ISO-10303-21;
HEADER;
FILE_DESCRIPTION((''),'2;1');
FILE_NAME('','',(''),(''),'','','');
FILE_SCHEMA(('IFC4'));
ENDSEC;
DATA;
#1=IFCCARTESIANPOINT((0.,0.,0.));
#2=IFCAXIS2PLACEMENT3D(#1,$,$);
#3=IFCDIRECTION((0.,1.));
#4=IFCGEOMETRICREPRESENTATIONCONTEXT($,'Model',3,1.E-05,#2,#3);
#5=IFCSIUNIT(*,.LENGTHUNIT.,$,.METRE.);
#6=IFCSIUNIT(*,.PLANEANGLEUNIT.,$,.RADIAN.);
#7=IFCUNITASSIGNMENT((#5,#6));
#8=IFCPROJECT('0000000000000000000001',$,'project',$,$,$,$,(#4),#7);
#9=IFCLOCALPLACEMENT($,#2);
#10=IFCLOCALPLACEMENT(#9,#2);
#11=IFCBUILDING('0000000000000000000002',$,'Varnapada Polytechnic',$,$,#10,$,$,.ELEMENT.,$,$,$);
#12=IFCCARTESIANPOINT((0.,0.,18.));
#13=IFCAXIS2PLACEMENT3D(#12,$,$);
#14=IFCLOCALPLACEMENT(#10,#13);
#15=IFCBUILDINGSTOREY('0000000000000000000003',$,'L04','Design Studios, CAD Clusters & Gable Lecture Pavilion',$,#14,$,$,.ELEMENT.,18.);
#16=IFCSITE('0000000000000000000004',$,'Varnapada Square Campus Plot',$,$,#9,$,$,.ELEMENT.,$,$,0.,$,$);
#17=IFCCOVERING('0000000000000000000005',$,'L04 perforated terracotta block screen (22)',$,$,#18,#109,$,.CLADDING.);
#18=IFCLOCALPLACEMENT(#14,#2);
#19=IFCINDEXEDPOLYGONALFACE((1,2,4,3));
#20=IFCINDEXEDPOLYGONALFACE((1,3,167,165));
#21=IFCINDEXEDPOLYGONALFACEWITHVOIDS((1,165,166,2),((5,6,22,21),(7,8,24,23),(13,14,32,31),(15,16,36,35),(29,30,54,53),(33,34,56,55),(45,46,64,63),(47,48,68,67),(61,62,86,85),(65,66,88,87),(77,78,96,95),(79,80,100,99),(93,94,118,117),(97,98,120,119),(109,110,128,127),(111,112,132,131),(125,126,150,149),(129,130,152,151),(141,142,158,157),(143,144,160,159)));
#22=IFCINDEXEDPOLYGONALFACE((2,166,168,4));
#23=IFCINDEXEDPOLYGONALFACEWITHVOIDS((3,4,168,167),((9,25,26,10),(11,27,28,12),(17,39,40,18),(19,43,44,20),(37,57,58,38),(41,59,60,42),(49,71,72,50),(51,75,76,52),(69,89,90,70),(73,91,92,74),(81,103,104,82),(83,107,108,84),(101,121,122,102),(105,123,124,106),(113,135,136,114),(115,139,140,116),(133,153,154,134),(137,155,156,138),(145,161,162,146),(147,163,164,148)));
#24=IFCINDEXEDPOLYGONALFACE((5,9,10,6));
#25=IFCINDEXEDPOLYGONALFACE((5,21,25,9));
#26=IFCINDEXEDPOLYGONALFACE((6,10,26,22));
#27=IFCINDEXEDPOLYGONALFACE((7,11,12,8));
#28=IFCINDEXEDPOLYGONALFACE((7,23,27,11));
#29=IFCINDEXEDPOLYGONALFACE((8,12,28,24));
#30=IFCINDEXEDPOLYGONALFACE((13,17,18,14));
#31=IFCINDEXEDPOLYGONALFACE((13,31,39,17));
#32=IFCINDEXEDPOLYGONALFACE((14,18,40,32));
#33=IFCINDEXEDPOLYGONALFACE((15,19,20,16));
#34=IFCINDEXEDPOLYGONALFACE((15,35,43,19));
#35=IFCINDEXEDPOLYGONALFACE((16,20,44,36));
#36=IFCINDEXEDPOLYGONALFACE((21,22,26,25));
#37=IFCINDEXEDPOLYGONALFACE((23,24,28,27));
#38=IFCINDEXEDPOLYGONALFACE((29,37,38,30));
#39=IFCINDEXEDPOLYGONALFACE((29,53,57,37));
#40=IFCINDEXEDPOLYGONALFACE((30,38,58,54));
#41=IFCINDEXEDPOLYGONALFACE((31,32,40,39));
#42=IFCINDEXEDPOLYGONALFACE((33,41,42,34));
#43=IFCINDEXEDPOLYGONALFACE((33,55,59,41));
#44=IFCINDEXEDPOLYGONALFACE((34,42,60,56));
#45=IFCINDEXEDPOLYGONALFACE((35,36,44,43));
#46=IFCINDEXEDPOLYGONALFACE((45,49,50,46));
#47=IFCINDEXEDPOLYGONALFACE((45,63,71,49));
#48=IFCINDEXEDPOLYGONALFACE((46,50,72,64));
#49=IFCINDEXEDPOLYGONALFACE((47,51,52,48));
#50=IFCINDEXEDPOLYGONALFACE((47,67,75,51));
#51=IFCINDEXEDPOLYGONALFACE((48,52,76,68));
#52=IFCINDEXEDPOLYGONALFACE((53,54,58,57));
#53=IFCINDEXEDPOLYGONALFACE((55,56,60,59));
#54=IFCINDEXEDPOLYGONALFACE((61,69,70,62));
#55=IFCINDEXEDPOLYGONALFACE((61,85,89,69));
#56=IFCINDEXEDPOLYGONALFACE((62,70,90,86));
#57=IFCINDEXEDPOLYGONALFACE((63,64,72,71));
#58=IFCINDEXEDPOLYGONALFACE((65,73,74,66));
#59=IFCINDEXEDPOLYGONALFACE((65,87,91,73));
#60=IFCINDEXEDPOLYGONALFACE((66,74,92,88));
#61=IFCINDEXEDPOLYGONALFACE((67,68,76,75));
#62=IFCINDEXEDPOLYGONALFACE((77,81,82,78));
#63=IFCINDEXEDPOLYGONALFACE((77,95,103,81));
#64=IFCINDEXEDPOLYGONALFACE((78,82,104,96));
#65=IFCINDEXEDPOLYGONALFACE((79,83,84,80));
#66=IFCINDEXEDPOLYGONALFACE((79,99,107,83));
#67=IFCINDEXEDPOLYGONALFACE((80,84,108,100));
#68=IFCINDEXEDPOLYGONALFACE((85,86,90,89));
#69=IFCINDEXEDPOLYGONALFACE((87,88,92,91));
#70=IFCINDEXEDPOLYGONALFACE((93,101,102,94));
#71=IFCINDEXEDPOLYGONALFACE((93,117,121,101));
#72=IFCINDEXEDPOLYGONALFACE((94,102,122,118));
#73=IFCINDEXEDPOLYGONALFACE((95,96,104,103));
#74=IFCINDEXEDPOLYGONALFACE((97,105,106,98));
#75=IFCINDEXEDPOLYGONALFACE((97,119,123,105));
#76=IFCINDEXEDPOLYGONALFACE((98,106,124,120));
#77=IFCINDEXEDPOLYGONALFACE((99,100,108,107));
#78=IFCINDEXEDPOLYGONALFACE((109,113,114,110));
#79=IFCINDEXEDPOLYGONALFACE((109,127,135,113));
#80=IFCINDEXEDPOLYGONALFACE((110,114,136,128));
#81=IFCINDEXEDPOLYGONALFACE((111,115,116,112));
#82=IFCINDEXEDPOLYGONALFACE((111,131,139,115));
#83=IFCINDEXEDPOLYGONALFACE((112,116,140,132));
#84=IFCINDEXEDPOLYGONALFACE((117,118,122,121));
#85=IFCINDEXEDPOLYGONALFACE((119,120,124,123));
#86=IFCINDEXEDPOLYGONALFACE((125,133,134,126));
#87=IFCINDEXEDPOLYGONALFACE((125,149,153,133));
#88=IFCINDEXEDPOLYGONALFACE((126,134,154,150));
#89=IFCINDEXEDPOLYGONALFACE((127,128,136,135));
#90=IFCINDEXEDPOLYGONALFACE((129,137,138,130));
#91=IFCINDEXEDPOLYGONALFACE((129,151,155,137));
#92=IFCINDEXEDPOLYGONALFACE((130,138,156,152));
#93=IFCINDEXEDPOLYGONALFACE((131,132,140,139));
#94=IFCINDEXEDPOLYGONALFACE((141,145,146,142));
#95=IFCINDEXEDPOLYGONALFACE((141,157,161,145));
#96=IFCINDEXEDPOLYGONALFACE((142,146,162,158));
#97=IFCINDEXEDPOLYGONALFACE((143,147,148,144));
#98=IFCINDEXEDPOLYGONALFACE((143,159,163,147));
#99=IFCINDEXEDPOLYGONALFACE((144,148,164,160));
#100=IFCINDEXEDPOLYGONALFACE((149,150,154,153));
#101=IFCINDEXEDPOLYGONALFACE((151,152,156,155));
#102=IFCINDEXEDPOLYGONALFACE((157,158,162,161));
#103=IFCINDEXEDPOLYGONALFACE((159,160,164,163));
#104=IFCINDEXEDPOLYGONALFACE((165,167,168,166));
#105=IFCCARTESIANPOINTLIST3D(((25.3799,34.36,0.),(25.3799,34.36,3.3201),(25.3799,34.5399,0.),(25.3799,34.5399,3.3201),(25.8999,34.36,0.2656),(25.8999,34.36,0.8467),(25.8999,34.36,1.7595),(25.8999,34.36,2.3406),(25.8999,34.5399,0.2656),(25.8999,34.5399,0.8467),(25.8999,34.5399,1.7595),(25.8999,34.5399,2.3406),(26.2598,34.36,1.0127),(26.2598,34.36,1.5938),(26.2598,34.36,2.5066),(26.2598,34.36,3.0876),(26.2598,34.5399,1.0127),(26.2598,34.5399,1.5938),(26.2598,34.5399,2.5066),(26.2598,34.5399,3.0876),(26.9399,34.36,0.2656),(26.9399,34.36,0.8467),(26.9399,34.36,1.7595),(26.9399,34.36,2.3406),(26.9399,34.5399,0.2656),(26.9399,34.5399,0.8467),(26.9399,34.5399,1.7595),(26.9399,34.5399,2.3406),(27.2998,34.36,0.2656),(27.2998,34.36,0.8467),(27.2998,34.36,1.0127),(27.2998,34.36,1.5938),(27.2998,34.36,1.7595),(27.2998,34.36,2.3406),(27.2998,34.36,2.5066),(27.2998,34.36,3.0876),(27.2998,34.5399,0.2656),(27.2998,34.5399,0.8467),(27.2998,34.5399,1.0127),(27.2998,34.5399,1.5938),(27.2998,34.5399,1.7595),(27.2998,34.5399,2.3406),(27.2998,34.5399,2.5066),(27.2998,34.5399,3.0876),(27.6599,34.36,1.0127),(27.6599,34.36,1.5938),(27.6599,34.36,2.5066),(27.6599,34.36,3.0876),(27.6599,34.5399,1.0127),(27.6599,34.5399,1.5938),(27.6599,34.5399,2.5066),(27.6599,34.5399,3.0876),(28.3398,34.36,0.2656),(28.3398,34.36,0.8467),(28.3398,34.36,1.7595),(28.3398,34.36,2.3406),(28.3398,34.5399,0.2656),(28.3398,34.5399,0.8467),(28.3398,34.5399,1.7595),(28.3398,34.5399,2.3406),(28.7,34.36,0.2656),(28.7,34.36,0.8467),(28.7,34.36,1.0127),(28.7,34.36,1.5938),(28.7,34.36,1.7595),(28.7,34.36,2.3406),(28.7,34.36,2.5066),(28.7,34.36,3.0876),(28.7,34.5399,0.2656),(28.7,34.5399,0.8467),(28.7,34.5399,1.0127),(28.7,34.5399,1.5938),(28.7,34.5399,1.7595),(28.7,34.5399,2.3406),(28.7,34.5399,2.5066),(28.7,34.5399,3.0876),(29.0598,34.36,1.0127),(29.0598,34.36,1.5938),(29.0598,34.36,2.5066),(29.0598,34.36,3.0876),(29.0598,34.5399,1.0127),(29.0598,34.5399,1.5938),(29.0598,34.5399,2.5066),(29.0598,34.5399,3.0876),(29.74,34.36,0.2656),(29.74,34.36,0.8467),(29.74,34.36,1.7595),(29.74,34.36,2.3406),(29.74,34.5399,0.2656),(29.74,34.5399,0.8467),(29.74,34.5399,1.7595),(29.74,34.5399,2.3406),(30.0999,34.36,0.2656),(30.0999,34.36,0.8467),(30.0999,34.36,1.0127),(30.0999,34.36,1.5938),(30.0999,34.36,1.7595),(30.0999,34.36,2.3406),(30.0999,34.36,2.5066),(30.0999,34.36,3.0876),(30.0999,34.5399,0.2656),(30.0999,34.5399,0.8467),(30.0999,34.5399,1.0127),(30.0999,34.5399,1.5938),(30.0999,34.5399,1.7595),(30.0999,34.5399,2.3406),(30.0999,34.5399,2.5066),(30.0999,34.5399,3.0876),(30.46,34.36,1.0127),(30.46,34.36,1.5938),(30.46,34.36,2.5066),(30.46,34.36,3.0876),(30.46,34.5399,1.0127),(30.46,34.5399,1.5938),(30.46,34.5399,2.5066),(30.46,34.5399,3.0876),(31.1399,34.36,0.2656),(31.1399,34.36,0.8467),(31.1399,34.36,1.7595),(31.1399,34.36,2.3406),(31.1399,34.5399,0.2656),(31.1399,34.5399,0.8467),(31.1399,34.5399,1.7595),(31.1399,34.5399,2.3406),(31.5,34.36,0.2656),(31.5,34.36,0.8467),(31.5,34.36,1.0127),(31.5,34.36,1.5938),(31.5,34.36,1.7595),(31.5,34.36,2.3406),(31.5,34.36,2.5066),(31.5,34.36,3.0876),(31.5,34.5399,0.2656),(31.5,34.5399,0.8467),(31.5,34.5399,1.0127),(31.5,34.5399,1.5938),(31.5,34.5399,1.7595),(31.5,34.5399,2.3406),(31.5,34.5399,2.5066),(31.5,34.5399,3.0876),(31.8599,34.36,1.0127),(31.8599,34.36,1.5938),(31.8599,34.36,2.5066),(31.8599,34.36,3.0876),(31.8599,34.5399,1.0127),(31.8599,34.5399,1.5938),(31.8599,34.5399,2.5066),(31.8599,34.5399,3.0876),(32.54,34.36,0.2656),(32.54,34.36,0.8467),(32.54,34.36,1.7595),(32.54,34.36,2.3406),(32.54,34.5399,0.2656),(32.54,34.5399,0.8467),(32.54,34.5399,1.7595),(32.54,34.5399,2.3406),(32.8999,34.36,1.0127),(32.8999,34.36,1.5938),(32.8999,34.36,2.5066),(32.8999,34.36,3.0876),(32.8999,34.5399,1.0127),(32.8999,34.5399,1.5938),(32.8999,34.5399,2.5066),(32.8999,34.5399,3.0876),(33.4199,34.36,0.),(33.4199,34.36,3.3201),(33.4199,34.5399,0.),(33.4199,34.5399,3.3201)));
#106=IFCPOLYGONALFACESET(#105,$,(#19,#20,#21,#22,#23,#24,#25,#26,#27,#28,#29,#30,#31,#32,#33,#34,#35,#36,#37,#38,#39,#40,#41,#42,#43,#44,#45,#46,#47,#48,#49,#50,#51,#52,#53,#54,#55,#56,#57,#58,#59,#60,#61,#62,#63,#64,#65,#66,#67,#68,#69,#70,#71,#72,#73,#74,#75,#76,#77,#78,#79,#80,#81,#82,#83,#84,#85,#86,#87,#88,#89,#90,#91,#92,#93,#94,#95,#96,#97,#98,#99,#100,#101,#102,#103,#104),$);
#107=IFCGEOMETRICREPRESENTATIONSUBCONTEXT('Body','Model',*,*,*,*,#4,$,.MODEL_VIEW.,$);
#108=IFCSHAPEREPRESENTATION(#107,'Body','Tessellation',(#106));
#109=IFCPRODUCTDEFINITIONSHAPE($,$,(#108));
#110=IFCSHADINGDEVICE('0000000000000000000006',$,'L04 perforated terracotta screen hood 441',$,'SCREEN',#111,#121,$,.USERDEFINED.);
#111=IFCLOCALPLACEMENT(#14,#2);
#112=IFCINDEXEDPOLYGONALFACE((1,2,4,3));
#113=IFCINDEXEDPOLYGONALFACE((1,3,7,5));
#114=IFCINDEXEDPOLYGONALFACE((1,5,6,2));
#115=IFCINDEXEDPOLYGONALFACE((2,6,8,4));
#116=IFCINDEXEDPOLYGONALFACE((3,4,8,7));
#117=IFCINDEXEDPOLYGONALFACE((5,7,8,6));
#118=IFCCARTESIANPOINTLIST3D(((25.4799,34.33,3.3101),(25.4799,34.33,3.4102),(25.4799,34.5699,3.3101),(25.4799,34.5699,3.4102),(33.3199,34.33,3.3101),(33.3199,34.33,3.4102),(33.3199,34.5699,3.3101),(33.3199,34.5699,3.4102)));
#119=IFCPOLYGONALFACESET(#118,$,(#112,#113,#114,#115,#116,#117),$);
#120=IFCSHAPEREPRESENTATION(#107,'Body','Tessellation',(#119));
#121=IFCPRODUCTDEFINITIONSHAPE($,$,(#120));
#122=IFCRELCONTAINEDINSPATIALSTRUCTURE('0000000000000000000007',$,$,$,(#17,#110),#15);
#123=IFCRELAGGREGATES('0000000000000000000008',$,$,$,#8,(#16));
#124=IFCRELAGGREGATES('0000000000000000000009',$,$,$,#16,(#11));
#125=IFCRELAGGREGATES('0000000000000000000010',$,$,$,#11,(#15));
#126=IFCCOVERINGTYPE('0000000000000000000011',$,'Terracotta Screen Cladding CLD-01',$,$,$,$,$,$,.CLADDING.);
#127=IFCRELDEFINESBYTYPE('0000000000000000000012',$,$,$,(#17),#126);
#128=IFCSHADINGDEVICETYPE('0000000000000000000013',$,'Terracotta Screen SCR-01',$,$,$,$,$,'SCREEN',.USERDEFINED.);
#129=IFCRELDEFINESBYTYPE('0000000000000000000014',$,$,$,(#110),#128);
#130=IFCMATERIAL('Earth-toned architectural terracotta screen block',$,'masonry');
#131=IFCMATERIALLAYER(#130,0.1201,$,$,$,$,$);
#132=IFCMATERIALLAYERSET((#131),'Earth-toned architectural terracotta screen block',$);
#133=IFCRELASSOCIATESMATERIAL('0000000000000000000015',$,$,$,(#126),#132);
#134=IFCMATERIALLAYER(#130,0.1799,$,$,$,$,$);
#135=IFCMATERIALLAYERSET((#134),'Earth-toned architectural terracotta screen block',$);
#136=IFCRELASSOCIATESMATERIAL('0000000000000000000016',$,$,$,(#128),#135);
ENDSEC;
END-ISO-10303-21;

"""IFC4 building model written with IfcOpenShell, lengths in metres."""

from ifc_helpers import new_model, si_unit, direction, frame, frame_2d, origin, origin_2d, place, context, subcontext, project, spatial, rectangle, extrude, material, layer, layer_set, type_object, element, save


model = new_model("IFC4")

# Units and contexts
model_context = context("Model", 3, precision=1e-05, world=origin(), true_north=direction((0.0, 1.0)))
body_context = subcontext(model_context, "Body", "Model", "MODEL_VIEW")
ifc_project = project(units=[si_unit("LENGTHUNIT", "METRE"), si_unit("PLANEANGLEUNIT", "RADIAN")], contexts=[model_context])

# Site, building, storey
site_placement = place(None, origin())
site = spatial("IfcSite", under=ifc_project, at=site_placement, Name="Varnapada Square Campus Plot", CompositionType="ELEMENT", RefElevation=0.0)
building_placement = place(site_placement, origin())
building = spatial("IfcBuilding", under=site, at=building_placement, Name="Varnapada Polytechnic", CompositionType="ELEMENT")
storey_placement = place(building_placement, frame((0.0, 0.0, 18.0)))
storey = spatial("IfcBuildingStorey", under=building, at=storey_placement, Name="L04", Description="Design Studios, CAD Clusters & Gable Lecture Pavilion", CompositionType="ELEMENT", Elevation=18.0)

# Covering, openings
ifc_material_1 = material(Name="Earth-toned architectural terracotta screen block", Category="masonry")
ifc_layer_1 = layer(ifc_material_1, 0.1201)
ifc_layer_set_1 = layer_set([ifc_layer_1], Name="Earth-toned architectural terracotta screen block")
covering_type = type_object("IfcCoveringType", Name="Terracotta Screen Cladding CLD-01", PredefinedType="CLADDING", material=ifc_layer_set_1)
covering_placement = place(storey_placement, frame((25.3799, 34.45, 0.0), z_axis=(0.0, 0.0, 1.0), x_axis=(1.0, 0.0, 0.0)))
covering = element("IfcCovering", 1, at=covering_placement, inside=storey, type_object=covering_type, Name="L04 perforated terracotta block screen (22)", PredefinedType="CLADDING", context=body_context, shape_type="SweptSolid", body=[
    extrude(rectangle(XDim=8.04, YDim=0.1799, at=frame_2d((4.02, 0.0))), origin(), (0.0, 0.0, 1.0), 3.3201),
])
opening_1_placement = place(covering_placement, frame((0.52, 0.0, 0.2656)))
element("IfcOpeningElement", 2, at=opening_1_placement, cuts=covering, PredefinedType="OPENING", context=body_context, shape_type="SweptSolid", body=[
    extrude(rectangle(XDim=1.04, YDim=0.5811, at=frame_2d((0.52, 0.2905))), frame((0.0, 0.0999, 0.0), z_axis=(0.0, -1.0, 0.0), x_axis=(1.0, 0.0, 0.0)), (0.0, 0.0, 1.0), 0.2),
])
opening_2_placement = place(covering_placement, frame((1.9199, 0.0, 0.2656)))
element("IfcOpeningElement", 3, at=opening_2_placement, cuts=covering, PredefinedType="OPENING", context=body_context, shape_type="SweptSolid", body=[
    extrude(rectangle(XDim=1.04, YDim=0.5811, at=frame_2d((0.52, 0.2905))), frame((0.0, 0.0999, 0.0), z_axis=(0.0, -1.0, 0.0), x_axis=(1.0, 0.0, 0.0)), (0.0, 0.0, 1.0), 0.2),
])
opening_3_placement = place(covering_placement, frame((3.3201, 0.0, 0.2656)))
element("IfcOpeningElement", 4, at=opening_3_placement, cuts=covering, PredefinedType="OPENING", context=body_context, shape_type="SweptSolid", body=[
    extrude(rectangle(XDim=1.04, YDim=0.5811, at=frame_2d((0.52, 0.2905))), frame((0.0, 0.0999, 0.0), z_axis=(0.0, -1.0, 0.0), x_axis=(1.0, 0.0, 0.0)), (0.0, 0.0, 1.0), 0.2),
])
opening_4_placement = place(covering_placement, frame((4.72, 0.0, 0.2656)))
element("IfcOpeningElement", 5, at=opening_4_placement, cuts=covering, PredefinedType="OPENING", context=body_context, shape_type="SweptSolid", body=[
    extrude(rectangle(XDim=1.04, YDim=0.5811, at=frame_2d((0.52, 0.2905))), frame((0.0, 0.0999, 0.0), z_axis=(0.0, -1.0, 0.0), x_axis=(1.0, 0.0, 0.0)), (0.0, 0.0, 1.0), 0.2),
])
opening_5_placement = place(covering_placement, frame((6.1201, 0.0, 0.2656)))
element("IfcOpeningElement", 6, at=opening_5_placement, cuts=covering, PredefinedType="OPENING", context=body_context, shape_type="SweptSolid", body=[
    extrude(rectangle(XDim=1.04, YDim=0.5811, at=frame_2d((0.52, 0.2905))), frame((0.0, 0.0999, 0.0), z_axis=(0.0, -1.0, 0.0), x_axis=(1.0, 0.0, 0.0)), (0.0, 0.0, 1.0), 0.2),
])
opening_6_placement = place(covering_placement, frame((0.8799, 0.0, 1.0127)))
element("IfcOpeningElement", 7, at=opening_6_placement, cuts=covering, PredefinedType="OPENING", context=body_context, shape_type="SweptSolid", body=[
    extrude(rectangle(XDim=1.04, YDim=0.5811, at=frame_2d((0.52, 0.2905))), frame((0.0, 0.0999, 0.0), z_axis=(0.0, -1.0, 0.0), x_axis=(1.0, 0.0, 0.0)), (0.0, 0.0, 1.0), 0.2),
])
opening_7_placement = place(covering_placement, frame((2.28, 0.0, 1.0127)))
element("IfcOpeningElement", 8, at=opening_7_placement, cuts=covering, PredefinedType="OPENING", context=body_context, shape_type="SweptSolid", body=[
    extrude(rectangle(XDim=1.04, YDim=0.5811, at=frame_2d((0.52, 0.2905))), frame((0.0, 0.0999, 0.0), z_axis=(0.0, -1.0, 0.0), x_axis=(1.0, 0.0, 0.0)), (0.0, 0.0, 1.0), 0.2),
])
opening_8_placement = place(covering_placement, frame((3.6799, 0.0, 1.0127)))
element("IfcOpeningElement", 9, at=opening_8_placement, cuts=covering, PredefinedType="OPENING", context=body_context, shape_type="SweptSolid", body=[
    extrude(rectangle(XDim=1.04, YDim=0.5811, at=frame_2d((0.52, 0.2905))), frame((0.0, 0.0999, 0.0), z_axis=(0.0, -1.0, 0.0), x_axis=(1.0, 0.0, 0.0)), (0.0, 0.0, 1.0), 0.2),
])
opening_9_placement = place(covering_placement, frame((5.0801, 0.0, 1.0127)))
element("IfcOpeningElement", 10, at=opening_9_placement, cuts=covering, PredefinedType="OPENING", context=body_context, shape_type="SweptSolid", body=[
    extrude(rectangle(XDim=1.04, YDim=0.5811, at=frame_2d((0.52, 0.2905))), frame((0.0, 0.0999, 0.0), z_axis=(0.0, -1.0, 0.0), x_axis=(1.0, 0.0, 0.0)), (0.0, 0.0, 1.0), 0.2),
])
opening_10_placement = place(covering_placement, frame((6.48, 0.0, 1.0127)))
element("IfcOpeningElement", 11, at=opening_10_placement, cuts=covering, PredefinedType="OPENING", context=body_context, shape_type="SweptSolid", body=[
    extrude(rectangle(XDim=1.04, YDim=0.5811, at=frame_2d((0.52, 0.2905))), frame((0.0, 0.0999, 0.0), z_axis=(0.0, -1.0, 0.0), x_axis=(1.0, 0.0, 0.0)), (0.0, 0.0, 1.0), 0.2),
])
opening_11_placement = place(covering_placement, frame((0.52, 0.0, 1.7595)))
element("IfcOpeningElement", 12, at=opening_11_placement, cuts=covering, PredefinedType="OPENING", context=body_context, shape_type="SweptSolid", body=[
    extrude(rectangle(XDim=1.04, YDim=0.5811, at=frame_2d((0.52, 0.2905))), frame((0.0, 0.0999, 0.0), z_axis=(0.0, -1.0, 0.0), x_axis=(1.0, 0.0, 0.0)), (0.0, 0.0, 1.0), 0.2),
])
opening_12_placement = place(covering_placement, frame((1.9199, 0.0, 1.7595)))
element("IfcOpeningElement", 13, at=opening_12_placement, cuts=covering, PredefinedType="OPENING", context=body_context, shape_type="SweptSolid", body=[
    extrude(rectangle(XDim=1.04, YDim=0.5811, at=frame_2d((0.52, 0.2905))), frame((0.0, 0.0999, 0.0), z_axis=(0.0, -1.0, 0.0), x_axis=(1.0, 0.0, 0.0)), (0.0, 0.0, 1.0), 0.2),
])
opening_13_placement = place(covering_placement, frame((3.3201, 0.0, 1.7595)))
element("IfcOpeningElement", 14, at=opening_13_placement, cuts=covering, PredefinedType="OPENING", context=body_context, shape_type="SweptSolid", body=[
    extrude(rectangle(XDim=1.04, YDim=0.5811, at=frame_2d((0.52, 0.2905))), frame((0.0, 0.0999, 0.0), z_axis=(0.0, -1.0, 0.0), x_axis=(1.0, 0.0, 0.0)), (0.0, 0.0, 1.0), 0.2),
])
opening_14_placement = place(covering_placement, frame((4.72, 0.0, 1.7595)))
element("IfcOpeningElement", 15, at=opening_14_placement, cuts=covering, PredefinedType="OPENING", context=body_context, shape_type="SweptSolid", body=[
    extrude(rectangle(XDim=1.04, YDim=0.5811, at=frame_2d((0.52, 0.2905))), frame((0.0, 0.0999, 0.0), z_axis=(0.0, -1.0, 0.0), x_axis=(1.0, 0.0, 0.0)), (0.0, 0.0, 1.0), 0.2),
])
opening_15_placement = place(covering_placement, frame((6.1201, 0.0, 1.7595)))
element("IfcOpeningElement", 16, at=opening_15_placement, cuts=covering, PredefinedType="OPENING", context=body_context, shape_type="SweptSolid", body=[
    extrude(rectangle(XDim=1.04, YDim=0.5811, at=frame_2d((0.52, 0.2905))), frame((0.0, 0.0999, 0.0), z_axis=(0.0, -1.0, 0.0), x_axis=(1.0, 0.0, 0.0)), (0.0, 0.0, 1.0), 0.2),
])
opening_16_placement = place(covering_placement, frame((0.8799, 0.0, 2.5066)))
element("IfcOpeningElement", 17, at=opening_16_placement, cuts=covering, PredefinedType="OPENING", context=body_context, shape_type="SweptSolid", body=[
    extrude(rectangle(XDim=1.04, YDim=0.5811, at=frame_2d((0.52, 0.2905))), frame((0.0, 0.0999, 0.0), z_axis=(0.0, -1.0, 0.0), x_axis=(1.0, 0.0, 0.0)), (0.0, 0.0, 1.0), 0.2),
])
opening_17_placement = place(covering_placement, frame((2.28, 0.0, 2.5066)))
element("IfcOpeningElement", 18, at=opening_17_placement, cuts=covering, PredefinedType="OPENING", context=body_context, shape_type="SweptSolid", body=[
    extrude(rectangle(XDim=1.04, YDim=0.5811, at=frame_2d((0.52, 0.2905))), frame((0.0, 0.0999, 0.0), z_axis=(0.0, -1.0, 0.0), x_axis=(1.0, 0.0, 0.0)), (0.0, 0.0, 1.0), 0.2),
])
opening_18_placement = place(covering_placement, frame((3.6799, 0.0, 2.5066)))
element("IfcOpeningElement", 19, at=opening_18_placement, cuts=covering, PredefinedType="OPENING", context=body_context, shape_type="SweptSolid", body=[
    extrude(rectangle(XDim=1.04, YDim=0.5811, at=frame_2d((0.52, 0.2905))), frame((0.0, 0.0999, 0.0), z_axis=(0.0, -1.0, 0.0), x_axis=(1.0, 0.0, 0.0)), (0.0, 0.0, 1.0), 0.2),
])
opening_19_placement = place(covering_placement, frame((5.0801, 0.0, 2.5066)))
element("IfcOpeningElement", 20, at=opening_19_placement, cuts=covering, PredefinedType="OPENING", context=body_context, shape_type="SweptSolid", body=[
    extrude(rectangle(XDim=1.04, YDim=0.5811, at=frame_2d((0.52, 0.2905))), frame((0.0, 0.0999, 0.0), z_axis=(0.0, -1.0, 0.0), x_axis=(1.0, 0.0, 0.0)), (0.0, 0.0, 1.0), 0.2),
])
opening_20_placement = place(covering_placement, frame((6.48, 0.0, 2.5066)))
element("IfcOpeningElement", 21, at=opening_20_placement, cuts=covering, PredefinedType="OPENING", context=body_context, shape_type="SweptSolid", body=[
    extrude(rectangle(XDim=1.04, YDim=0.5811, at=frame_2d((0.52, 0.2905))), frame((0.0, 0.0999, 0.0), z_axis=(0.0, -1.0, 0.0), x_axis=(1.0, 0.0, 0.0)), (0.0, 0.0, 1.0), 0.2),
])

# Shading device
ifc_layer_2 = layer(ifc_material_1, 0.1799)
ifc_layer_set_2 = layer_set([ifc_layer_2], Name="Earth-toned architectural terracotta screen block")
shading_device_type = type_object("IfcShadingDeviceType", Name="Terracotta Screen SCR-01", ElementType="SCREEN", PredefinedType="USERDEFINED", material=ifc_layer_set_2)
shading_device_placement = place(storey_placement, frame((29.3999, 34.45, 3.3101), z_axis=(0.0, 0.0, 1.0), x_axis=(1.0, 0.0, 0.0)))
element("IfcShadingDevice", 22, at=shading_device_placement, inside=storey, type_object=shading_device_type, Name="L04 perforated terracotta screen hood 441", ObjectType="SCREEN", PredefinedType="USERDEFINED", context=body_context, shape_type="SweptSolid", body=[
    extrude(rectangle(XDim=7.8401, YDim=0.24, at=origin_2d()), origin(), (0.0, 0.0, 1.0), 0.1001),
])

save(model, "model.ifc")
